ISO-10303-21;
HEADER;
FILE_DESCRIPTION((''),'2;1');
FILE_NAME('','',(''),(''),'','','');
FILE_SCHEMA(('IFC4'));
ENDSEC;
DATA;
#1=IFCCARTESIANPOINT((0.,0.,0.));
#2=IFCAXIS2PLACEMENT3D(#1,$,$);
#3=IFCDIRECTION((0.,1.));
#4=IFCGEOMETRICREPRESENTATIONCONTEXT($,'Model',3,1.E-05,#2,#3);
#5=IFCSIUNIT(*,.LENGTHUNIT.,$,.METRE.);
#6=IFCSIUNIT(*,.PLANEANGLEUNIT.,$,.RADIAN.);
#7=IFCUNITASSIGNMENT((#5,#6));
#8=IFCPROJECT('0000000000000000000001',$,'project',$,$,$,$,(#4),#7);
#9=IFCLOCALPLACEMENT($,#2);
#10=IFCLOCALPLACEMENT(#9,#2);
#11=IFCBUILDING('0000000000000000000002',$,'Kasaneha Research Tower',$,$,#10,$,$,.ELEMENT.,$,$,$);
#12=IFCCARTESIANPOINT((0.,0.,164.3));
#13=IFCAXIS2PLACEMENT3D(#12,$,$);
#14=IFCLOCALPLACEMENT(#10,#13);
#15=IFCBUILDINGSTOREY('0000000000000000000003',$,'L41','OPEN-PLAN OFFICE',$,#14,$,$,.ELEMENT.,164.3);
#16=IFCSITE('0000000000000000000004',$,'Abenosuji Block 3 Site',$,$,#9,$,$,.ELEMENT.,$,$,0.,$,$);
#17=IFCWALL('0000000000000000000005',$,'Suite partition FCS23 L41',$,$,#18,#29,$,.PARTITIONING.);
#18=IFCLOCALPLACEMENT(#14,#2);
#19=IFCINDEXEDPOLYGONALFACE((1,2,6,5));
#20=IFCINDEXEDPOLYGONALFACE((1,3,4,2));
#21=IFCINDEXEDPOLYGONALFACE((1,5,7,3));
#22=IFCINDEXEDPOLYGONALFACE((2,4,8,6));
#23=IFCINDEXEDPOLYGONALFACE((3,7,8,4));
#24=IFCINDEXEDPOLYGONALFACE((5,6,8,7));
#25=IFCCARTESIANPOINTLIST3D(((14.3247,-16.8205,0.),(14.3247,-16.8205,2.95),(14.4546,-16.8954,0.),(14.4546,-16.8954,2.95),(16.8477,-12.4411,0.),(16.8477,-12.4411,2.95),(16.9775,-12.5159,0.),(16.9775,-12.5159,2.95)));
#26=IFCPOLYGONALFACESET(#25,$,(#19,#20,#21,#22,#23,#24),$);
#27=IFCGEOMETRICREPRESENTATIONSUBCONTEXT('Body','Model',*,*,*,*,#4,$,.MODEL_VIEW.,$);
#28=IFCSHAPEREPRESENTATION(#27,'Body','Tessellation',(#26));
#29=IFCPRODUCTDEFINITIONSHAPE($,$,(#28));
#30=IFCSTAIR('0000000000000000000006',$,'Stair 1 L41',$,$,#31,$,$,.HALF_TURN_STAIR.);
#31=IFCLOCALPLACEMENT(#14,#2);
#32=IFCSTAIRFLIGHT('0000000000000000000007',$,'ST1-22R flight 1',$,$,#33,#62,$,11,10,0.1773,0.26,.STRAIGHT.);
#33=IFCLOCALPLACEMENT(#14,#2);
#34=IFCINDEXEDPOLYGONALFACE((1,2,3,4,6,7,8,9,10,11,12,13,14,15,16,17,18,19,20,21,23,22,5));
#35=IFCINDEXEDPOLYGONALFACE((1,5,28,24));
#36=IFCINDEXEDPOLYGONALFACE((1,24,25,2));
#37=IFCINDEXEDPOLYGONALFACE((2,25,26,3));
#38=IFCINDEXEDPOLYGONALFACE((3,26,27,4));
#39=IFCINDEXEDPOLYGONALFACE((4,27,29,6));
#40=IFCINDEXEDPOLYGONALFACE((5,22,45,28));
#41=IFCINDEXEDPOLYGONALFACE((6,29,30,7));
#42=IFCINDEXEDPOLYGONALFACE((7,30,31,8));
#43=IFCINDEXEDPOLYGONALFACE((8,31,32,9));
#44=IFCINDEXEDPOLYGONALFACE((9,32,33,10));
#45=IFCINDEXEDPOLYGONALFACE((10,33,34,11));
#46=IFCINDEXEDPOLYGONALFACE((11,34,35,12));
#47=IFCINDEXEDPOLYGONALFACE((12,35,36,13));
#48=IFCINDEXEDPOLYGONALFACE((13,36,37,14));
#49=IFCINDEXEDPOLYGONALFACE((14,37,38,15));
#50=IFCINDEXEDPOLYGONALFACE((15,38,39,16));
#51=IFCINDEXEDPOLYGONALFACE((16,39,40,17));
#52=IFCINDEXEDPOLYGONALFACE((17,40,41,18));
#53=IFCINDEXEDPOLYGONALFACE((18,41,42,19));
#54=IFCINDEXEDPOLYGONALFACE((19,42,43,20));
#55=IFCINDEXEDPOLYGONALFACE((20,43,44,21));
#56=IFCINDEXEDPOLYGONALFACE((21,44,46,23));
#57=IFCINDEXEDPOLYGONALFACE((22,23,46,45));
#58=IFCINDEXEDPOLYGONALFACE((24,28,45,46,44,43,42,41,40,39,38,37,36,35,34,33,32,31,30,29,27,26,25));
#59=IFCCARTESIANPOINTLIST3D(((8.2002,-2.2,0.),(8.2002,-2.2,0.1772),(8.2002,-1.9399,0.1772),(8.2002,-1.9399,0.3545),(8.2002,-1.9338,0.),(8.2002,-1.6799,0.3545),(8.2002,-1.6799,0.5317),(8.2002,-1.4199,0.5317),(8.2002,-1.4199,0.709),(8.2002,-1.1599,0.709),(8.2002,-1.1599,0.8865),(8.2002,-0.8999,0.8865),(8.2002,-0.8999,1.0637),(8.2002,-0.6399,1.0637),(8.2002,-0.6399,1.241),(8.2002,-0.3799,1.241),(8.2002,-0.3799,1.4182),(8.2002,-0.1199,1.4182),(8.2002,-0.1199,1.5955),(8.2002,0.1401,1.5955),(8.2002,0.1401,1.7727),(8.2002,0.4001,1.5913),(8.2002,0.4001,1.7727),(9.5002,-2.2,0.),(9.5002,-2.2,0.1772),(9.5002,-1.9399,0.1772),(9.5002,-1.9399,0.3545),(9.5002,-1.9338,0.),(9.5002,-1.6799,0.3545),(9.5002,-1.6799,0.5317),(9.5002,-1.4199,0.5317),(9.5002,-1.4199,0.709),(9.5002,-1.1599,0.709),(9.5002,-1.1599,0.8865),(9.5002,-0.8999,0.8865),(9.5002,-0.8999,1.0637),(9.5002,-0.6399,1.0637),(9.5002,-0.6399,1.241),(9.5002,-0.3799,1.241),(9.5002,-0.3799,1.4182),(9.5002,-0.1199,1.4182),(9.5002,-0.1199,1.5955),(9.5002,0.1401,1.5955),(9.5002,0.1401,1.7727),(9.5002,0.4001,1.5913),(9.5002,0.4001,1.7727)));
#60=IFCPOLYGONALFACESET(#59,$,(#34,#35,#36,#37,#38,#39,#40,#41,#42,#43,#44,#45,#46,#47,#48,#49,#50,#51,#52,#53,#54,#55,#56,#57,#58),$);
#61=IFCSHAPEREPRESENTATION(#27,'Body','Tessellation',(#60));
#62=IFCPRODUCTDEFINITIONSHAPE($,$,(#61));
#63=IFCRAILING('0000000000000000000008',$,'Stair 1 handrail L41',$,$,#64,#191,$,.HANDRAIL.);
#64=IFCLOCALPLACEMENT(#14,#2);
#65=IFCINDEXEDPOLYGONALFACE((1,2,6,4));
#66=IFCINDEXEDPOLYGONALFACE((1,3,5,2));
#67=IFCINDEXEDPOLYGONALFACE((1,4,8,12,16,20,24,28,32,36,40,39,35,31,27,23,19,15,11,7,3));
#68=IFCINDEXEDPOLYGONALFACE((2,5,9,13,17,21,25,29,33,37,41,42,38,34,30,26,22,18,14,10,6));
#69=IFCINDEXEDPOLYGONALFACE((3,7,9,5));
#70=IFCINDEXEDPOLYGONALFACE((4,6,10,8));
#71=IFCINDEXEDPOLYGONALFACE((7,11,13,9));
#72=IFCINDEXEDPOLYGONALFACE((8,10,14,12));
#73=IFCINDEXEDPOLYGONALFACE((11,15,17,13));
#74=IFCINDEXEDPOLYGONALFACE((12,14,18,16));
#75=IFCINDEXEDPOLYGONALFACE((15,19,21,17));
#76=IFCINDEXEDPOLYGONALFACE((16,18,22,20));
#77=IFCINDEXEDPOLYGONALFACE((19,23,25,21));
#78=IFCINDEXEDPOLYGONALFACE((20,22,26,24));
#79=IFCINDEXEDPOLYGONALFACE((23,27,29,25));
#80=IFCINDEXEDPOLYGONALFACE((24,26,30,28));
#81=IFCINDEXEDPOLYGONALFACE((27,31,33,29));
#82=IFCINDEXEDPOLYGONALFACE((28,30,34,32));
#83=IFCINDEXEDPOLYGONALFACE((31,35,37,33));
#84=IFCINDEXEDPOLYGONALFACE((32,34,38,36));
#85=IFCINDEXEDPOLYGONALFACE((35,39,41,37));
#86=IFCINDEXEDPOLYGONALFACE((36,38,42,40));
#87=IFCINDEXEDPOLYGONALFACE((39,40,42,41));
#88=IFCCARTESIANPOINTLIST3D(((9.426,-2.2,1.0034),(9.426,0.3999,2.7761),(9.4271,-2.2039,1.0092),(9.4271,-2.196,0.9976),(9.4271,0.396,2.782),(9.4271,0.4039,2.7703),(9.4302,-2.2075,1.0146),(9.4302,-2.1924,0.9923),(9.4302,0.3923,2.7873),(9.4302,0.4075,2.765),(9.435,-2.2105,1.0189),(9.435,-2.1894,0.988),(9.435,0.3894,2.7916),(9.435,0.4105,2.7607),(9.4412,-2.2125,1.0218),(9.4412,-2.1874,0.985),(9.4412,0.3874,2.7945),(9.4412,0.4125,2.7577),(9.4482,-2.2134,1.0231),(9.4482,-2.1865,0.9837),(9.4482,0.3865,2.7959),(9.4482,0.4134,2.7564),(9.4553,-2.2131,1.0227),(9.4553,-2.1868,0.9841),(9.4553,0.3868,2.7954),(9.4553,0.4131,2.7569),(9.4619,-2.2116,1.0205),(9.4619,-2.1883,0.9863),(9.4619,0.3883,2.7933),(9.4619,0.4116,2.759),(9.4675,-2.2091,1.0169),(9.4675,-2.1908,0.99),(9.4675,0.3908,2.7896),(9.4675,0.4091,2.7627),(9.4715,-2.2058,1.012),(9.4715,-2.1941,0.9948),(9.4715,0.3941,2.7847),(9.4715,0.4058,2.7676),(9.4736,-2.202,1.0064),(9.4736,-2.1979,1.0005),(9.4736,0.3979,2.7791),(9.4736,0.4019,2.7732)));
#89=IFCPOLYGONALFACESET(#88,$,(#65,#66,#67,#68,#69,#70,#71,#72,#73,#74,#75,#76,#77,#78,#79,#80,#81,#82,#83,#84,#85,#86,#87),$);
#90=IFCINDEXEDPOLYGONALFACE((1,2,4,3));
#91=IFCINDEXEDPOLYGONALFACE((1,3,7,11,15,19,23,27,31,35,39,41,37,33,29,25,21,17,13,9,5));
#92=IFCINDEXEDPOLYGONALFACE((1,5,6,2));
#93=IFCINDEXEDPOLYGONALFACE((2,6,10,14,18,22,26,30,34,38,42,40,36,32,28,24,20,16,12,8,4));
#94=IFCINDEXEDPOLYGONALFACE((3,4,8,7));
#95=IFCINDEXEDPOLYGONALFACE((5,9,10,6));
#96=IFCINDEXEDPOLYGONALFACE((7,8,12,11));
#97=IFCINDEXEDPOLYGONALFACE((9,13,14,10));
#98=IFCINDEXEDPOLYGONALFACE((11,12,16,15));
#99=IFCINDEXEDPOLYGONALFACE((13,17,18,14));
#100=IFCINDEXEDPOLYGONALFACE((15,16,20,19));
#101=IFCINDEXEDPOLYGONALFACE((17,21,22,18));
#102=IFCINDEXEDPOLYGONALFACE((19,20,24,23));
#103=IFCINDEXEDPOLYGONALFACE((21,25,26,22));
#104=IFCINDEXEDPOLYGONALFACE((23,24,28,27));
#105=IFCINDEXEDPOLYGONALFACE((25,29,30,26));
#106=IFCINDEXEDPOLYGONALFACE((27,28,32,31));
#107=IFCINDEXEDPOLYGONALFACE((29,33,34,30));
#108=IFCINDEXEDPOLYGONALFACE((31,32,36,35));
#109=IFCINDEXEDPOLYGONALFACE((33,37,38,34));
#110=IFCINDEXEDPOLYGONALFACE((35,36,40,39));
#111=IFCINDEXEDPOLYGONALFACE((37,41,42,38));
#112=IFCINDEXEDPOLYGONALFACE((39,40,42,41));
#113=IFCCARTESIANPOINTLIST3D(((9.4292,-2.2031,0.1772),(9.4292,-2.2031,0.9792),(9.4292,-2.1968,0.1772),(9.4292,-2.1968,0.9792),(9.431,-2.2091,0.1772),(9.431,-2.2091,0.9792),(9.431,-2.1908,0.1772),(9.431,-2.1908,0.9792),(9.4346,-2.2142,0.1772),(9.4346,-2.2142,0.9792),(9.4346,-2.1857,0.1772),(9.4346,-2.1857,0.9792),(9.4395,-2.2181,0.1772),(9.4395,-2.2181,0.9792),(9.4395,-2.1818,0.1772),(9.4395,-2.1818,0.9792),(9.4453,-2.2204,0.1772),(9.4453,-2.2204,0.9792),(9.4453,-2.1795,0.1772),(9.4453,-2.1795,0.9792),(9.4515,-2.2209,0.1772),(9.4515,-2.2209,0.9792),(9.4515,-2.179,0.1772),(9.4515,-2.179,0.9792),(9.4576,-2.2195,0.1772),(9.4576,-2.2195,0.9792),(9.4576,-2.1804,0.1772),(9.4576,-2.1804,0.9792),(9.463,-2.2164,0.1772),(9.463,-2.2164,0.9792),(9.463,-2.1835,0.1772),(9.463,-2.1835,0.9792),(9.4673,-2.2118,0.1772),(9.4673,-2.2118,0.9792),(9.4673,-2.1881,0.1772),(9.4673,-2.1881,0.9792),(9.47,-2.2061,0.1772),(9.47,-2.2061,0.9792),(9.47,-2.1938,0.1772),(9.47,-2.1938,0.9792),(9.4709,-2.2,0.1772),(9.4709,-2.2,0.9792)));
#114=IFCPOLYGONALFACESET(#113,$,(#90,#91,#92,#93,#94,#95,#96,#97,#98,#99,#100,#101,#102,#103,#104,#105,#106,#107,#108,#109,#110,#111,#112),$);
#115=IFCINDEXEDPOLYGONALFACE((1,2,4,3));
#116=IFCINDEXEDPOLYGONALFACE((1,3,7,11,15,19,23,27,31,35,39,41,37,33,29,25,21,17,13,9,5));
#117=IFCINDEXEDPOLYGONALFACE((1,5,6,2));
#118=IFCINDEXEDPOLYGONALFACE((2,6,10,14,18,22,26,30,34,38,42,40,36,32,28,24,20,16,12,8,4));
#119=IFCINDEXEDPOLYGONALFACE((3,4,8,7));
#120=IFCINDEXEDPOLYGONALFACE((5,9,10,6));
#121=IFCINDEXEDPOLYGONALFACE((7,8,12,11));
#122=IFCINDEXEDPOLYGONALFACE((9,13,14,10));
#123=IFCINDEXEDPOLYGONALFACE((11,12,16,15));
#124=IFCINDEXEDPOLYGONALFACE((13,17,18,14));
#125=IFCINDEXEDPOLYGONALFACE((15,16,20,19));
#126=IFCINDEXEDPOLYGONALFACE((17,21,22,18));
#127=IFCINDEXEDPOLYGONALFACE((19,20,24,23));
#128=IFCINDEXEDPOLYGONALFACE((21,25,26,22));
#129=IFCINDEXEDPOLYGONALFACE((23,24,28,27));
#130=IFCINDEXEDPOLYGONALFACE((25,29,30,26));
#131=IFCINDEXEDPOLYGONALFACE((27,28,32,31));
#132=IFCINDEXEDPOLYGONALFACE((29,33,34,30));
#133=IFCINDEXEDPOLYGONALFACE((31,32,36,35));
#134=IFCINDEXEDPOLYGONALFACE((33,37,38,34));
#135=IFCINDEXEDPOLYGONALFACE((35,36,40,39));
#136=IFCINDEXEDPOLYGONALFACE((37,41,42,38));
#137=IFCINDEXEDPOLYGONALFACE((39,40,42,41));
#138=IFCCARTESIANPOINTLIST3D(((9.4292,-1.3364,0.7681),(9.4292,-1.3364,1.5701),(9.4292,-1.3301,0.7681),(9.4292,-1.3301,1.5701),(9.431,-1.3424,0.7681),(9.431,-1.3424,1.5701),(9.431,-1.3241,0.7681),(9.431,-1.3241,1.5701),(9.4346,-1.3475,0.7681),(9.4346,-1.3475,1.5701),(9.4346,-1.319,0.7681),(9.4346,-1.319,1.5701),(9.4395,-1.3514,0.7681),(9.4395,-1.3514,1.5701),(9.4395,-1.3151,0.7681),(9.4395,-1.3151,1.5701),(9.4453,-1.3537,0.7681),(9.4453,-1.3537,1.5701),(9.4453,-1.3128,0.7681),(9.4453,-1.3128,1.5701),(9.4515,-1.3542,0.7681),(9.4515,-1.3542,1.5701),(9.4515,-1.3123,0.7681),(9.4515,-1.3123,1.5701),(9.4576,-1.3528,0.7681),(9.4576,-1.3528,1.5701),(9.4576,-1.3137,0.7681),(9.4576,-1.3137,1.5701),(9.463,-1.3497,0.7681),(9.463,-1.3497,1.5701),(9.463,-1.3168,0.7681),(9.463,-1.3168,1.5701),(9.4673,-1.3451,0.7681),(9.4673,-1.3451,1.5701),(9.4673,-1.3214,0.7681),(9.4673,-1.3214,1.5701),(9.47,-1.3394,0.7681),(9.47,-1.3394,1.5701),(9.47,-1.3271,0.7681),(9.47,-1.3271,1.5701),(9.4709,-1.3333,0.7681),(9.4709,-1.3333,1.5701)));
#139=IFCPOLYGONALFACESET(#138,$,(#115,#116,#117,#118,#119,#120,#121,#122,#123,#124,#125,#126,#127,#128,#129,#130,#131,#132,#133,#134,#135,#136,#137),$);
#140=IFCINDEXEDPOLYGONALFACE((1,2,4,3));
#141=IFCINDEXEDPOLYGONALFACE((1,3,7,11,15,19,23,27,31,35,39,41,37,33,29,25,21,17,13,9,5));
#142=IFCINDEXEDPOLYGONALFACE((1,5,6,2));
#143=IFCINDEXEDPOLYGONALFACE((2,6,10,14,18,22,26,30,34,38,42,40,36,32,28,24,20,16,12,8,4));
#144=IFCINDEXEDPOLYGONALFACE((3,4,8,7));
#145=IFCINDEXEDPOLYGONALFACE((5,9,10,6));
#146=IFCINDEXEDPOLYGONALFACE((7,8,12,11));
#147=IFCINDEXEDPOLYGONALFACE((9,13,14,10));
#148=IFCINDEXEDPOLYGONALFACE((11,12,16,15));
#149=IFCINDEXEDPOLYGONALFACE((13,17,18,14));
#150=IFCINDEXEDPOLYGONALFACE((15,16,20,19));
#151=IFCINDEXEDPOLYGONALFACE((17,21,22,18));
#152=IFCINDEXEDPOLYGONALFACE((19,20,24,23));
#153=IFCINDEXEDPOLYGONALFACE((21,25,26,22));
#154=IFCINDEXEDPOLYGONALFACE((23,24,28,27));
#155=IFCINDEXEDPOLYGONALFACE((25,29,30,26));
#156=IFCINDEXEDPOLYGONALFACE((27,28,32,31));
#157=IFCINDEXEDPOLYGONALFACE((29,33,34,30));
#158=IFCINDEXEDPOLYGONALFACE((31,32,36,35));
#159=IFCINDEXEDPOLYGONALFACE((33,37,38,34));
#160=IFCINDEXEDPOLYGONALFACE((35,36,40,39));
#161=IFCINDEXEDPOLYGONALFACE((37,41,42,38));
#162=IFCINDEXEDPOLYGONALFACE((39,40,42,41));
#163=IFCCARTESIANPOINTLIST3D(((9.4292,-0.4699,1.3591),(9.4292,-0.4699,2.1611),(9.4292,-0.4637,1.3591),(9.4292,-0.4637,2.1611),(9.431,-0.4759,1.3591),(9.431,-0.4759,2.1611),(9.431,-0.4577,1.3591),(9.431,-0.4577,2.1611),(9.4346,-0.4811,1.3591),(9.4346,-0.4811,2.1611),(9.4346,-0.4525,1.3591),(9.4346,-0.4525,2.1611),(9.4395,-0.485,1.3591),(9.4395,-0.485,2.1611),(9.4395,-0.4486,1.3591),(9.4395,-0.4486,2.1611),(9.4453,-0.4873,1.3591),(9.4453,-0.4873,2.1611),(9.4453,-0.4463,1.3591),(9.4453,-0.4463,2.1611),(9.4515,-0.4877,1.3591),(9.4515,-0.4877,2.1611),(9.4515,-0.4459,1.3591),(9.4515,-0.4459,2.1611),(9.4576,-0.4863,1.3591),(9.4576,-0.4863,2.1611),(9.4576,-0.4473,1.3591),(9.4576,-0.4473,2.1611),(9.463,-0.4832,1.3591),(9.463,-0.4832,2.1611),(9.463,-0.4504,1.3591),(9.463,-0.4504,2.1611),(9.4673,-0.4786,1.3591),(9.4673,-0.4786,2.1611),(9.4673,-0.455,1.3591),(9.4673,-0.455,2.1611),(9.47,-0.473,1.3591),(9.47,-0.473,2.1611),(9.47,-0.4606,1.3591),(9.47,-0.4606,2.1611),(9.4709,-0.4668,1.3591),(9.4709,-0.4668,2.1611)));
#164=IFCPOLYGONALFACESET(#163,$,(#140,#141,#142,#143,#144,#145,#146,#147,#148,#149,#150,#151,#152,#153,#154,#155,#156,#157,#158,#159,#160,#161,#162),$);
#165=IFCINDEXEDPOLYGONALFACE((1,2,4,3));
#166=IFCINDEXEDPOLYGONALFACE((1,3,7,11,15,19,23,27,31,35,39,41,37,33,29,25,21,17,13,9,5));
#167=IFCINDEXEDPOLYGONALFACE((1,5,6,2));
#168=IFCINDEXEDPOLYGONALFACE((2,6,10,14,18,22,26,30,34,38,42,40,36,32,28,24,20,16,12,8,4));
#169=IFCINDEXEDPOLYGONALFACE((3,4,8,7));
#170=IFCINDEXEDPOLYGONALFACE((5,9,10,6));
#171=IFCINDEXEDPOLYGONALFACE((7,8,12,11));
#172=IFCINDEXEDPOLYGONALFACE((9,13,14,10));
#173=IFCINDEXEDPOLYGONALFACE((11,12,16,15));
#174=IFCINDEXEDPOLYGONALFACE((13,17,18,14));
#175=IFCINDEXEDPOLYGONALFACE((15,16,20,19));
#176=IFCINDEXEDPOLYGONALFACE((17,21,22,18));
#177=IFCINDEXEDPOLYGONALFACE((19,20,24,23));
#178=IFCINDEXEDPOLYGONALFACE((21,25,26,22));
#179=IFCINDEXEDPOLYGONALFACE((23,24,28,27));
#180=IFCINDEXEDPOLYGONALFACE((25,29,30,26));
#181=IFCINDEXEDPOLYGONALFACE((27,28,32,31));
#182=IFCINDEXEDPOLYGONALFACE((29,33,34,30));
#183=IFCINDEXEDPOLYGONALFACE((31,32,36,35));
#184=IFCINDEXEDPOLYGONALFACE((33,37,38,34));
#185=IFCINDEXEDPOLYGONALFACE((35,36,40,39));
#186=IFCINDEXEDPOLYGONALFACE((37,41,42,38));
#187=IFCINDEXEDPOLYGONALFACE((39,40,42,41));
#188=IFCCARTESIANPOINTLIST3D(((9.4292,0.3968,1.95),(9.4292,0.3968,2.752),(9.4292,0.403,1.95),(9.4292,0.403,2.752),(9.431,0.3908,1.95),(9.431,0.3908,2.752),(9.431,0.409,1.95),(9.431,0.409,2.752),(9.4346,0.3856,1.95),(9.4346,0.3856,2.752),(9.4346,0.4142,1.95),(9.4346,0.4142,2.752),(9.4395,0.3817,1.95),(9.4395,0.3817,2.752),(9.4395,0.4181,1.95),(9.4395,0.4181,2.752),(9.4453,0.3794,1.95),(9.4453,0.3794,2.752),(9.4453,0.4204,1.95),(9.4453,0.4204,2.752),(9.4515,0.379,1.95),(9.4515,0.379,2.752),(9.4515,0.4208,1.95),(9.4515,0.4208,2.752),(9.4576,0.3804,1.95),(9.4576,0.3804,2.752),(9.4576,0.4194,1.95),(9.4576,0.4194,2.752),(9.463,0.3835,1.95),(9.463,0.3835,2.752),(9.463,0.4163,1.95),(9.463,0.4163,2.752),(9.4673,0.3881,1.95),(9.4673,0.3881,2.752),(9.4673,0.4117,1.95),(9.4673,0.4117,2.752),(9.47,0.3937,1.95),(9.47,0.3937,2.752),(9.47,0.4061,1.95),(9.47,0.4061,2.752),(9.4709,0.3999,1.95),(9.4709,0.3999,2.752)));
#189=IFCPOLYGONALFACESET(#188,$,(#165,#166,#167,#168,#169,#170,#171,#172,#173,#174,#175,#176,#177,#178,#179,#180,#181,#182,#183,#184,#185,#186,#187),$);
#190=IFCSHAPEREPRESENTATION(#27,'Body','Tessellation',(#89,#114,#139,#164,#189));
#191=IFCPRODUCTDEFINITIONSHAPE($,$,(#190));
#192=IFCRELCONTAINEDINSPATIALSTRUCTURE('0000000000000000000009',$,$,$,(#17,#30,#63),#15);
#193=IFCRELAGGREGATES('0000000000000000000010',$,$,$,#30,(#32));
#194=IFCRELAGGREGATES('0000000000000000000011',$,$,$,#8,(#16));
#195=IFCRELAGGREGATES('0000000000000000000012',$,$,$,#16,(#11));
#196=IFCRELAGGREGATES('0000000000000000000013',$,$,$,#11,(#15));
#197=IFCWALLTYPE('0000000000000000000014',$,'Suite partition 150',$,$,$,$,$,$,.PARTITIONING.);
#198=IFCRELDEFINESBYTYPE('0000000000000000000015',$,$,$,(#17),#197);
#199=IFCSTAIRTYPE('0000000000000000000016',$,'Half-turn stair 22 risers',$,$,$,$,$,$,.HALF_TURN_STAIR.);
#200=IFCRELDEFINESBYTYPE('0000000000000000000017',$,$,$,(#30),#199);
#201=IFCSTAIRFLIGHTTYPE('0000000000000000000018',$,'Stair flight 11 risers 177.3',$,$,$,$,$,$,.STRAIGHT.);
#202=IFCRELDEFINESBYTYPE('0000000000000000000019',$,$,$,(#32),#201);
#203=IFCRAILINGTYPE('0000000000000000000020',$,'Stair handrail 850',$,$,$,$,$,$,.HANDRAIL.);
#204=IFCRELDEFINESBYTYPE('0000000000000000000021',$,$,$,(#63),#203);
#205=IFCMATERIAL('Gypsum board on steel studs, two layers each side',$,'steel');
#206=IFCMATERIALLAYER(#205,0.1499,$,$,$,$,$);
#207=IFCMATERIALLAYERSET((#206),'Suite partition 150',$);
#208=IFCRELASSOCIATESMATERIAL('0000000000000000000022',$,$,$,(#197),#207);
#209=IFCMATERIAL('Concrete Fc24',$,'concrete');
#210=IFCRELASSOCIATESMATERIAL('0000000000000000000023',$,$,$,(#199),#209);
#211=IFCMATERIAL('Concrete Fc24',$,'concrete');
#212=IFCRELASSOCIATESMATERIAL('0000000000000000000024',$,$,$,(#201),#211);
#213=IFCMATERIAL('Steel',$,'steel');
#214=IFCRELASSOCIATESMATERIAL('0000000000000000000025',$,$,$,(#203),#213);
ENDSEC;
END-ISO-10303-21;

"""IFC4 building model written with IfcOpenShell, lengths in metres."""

from ifc_helpers import new_model, si_unit, direction, frame, frame_2d, origin, origin_2d, place, context, subcontext, project, spatial, polyline, rectangle, circle, outline, extrude, material, layer, layer_set, type_object, element, aggregate, save


model = new_model("IFC4")

# Units and contexts
model_context = context("Model", 3, precision=1e-05, world=origin(), true_north=direction((0.0, 1.0)))
body_context = subcontext(model_context, "Body", "Model", "MODEL_VIEW")
ifc_project = project(units=[si_unit("LENGTHUNIT", "METRE"), si_unit("PLANEANGLEUNIT", "RADIAN")], contexts=[model_context])

# Site, building, storey
site_placement = place(None, origin())
site = spatial("IfcSite", under=ifc_project, at=site_placement, Name="Abenosuji Block 3 Site", CompositionType="ELEMENT", RefElevation=0.0)
building_placement = place(site_placement, origin())
building = spatial("IfcBuilding", under=site, at=building_placement, Name="Kasaneha Research Tower", CompositionType="ELEMENT")
storey_placement = place(building_placement, frame((0.0, 0.0, 164.3)))
storey = spatial("IfcBuildingStorey", under=building, at=storey_placement, Name="L41", Description="OPEN-PLAN OFFICE", CompositionType="ELEMENT", Elevation=164.3)

# Wall
ifc_material_1 = material(Name="Gypsum board on steel studs, two layers each side", Category="steel")
ifc_layer_1 = layer(ifc_material_1, 0.1499)
ifc_layer_set_1 = layer_set([ifc_layer_1], Name="Suite partition 150")
wall_type_1 = type_object("IfcWallType", Name="Suite partition 150", PredefinedType="PARTITIONING", material=ifc_layer_set_1)
wall_1_placement = place(storey_placement, frame((16.9126, -12.4785, 0.0), z_axis=(0.0, 0.0, 1.0), x_axis=(-0.499184, -0.866496, 0.0)))
element("IfcWall", 1, at=wall_1_placement, inside=storey, type_object=wall_type_1, Name="Suite partition FCS23 L41", PredefinedType="PARTITIONING", context=body_context, shape_type="SweptSolid", body=[
    extrude(rectangle(XDim=5.0542, YDim=0.1499, at=frame_2d((2.5271, 0.0))), origin(), (0.0, 0.0, 1.0), 2.95),
])

# Stair, stair flight
ifc_material_2 = material(Name="Concrete Fc24", Category="concrete")
stair_type = type_object("IfcStairType", Name="Half-turn stair 22 risers", PredefinedType="HALF_TURN_STAIR", material=ifc_material_2)
stair_placement = place(storey_placement, origin())
stair = element("IfcStair", 2, at=stair_placement, inside=storey, type_object=stair_type, Name="Stair 1 L41", PredefinedType="HALF_TURN_STAIR")
ifc_material_3 = material(Name="Concrete Fc24", Category="concrete")
stair_flight_type = type_object("IfcStairFlightType", Name="Stair flight 11 risers 177.3", PredefinedType="STRAIGHT", material=ifc_material_3)
stair_flight_placement = place(storey_placement, frame((8.8501, -2.2, 0.0), z_axis=(0.0, 0.0, 1.0), x_axis=(0.0, 1.0, 0.0)))
stair_flight = element("IfcStairFlight", 3, at=stair_flight_placement, type_object=stair_flight_type, Name="ST1-22R flight 1", NumberOfRisers=11, NumberOfTreads=10, PredefinedType="STRAIGHT", RiserHeight=0.1773, TreadLength=0.26, context=body_context, shape_type="SweptSolid", body=[
    extrude(outline(polyline([(0.0, 0.0), (0.0, 0.1772), (0.26, 0.1772), (0.26, 0.3545), (0.52, 0.3545), (0.52, 0.5317), (0.78, 0.5317), (0.78, 0.709), (1.04, 0.709), (1.04, 0.8865), (1.3, 0.8865), (1.3, 1.0637), (1.5601, 1.0637), (1.5601, 1.241), (1.8201, 1.241), (1.8201, 1.4182), (2.0801, 1.4182), (2.0801, 1.5955), (2.3401, 1.5955), (2.3401, 1.7727), (2.6001, 1.7727), (2.6001, 1.95), (2.6001, 1.5913), (0.2661, 0.0), (0.0, 0.0)])), frame((0.0, 0.6499, 0.0), z_axis=(0.0, -1.0, 0.0), x_axis=(1.0, 0.0, 0.0)), (0.0, 0.0, 1.0), 1.3),
])
aggregate(stair, [stair_flight])

# Railing
ifc_material_4 = material(Name="Steel", Category="steel")
railing_type = type_object("IfcRailingType", Name="Stair handrail 850", PredefinedType="HANDRAIL", material=ifc_material_4)
railing_placement = place(storey_placement, frame((9.45, -2.2, 0.1772)))
element("IfcRailing", 4, at=railing_placement, inside=storey, type_object=railing_type, Name="Stair 1 handrail L41", PredefinedType="HANDRAIL", context=body_context, shape_type="SweptSolid", body=[
    extrude(circle(Radius=0.0239, at=origin_2d()), frame((0.0, 0.0, 0.8262), z_axis=(0.0, 0.826216, 0.563354), x_axis=(-1.0, 0.0, 0.0)), (0.0, 0.0, 1.0), 3.1467),
    extrude(circle(Radius=0.021, at=origin_2d()), origin(), (0.0, 0.0, 1.0), 0.802),
    extrude(circle(Radius=0.021, at=origin_2d()), frame((0.0, 0.8667, 0.5908)), (0.0, 0.0, 1.0), 0.802),
    extrude(circle(Radius=0.021, at=origin_2d()), frame((0.0, 1.7332, 1.1819)), (0.0, 0.0, 1.0), 0.802),
    extrude(circle(Radius=0.021, at=origin_2d()), frame((0.0, 2.5999, 1.7727)), (0.0, 0.0, 1.0), 0.802),
])

save(model, "model.ifc")
